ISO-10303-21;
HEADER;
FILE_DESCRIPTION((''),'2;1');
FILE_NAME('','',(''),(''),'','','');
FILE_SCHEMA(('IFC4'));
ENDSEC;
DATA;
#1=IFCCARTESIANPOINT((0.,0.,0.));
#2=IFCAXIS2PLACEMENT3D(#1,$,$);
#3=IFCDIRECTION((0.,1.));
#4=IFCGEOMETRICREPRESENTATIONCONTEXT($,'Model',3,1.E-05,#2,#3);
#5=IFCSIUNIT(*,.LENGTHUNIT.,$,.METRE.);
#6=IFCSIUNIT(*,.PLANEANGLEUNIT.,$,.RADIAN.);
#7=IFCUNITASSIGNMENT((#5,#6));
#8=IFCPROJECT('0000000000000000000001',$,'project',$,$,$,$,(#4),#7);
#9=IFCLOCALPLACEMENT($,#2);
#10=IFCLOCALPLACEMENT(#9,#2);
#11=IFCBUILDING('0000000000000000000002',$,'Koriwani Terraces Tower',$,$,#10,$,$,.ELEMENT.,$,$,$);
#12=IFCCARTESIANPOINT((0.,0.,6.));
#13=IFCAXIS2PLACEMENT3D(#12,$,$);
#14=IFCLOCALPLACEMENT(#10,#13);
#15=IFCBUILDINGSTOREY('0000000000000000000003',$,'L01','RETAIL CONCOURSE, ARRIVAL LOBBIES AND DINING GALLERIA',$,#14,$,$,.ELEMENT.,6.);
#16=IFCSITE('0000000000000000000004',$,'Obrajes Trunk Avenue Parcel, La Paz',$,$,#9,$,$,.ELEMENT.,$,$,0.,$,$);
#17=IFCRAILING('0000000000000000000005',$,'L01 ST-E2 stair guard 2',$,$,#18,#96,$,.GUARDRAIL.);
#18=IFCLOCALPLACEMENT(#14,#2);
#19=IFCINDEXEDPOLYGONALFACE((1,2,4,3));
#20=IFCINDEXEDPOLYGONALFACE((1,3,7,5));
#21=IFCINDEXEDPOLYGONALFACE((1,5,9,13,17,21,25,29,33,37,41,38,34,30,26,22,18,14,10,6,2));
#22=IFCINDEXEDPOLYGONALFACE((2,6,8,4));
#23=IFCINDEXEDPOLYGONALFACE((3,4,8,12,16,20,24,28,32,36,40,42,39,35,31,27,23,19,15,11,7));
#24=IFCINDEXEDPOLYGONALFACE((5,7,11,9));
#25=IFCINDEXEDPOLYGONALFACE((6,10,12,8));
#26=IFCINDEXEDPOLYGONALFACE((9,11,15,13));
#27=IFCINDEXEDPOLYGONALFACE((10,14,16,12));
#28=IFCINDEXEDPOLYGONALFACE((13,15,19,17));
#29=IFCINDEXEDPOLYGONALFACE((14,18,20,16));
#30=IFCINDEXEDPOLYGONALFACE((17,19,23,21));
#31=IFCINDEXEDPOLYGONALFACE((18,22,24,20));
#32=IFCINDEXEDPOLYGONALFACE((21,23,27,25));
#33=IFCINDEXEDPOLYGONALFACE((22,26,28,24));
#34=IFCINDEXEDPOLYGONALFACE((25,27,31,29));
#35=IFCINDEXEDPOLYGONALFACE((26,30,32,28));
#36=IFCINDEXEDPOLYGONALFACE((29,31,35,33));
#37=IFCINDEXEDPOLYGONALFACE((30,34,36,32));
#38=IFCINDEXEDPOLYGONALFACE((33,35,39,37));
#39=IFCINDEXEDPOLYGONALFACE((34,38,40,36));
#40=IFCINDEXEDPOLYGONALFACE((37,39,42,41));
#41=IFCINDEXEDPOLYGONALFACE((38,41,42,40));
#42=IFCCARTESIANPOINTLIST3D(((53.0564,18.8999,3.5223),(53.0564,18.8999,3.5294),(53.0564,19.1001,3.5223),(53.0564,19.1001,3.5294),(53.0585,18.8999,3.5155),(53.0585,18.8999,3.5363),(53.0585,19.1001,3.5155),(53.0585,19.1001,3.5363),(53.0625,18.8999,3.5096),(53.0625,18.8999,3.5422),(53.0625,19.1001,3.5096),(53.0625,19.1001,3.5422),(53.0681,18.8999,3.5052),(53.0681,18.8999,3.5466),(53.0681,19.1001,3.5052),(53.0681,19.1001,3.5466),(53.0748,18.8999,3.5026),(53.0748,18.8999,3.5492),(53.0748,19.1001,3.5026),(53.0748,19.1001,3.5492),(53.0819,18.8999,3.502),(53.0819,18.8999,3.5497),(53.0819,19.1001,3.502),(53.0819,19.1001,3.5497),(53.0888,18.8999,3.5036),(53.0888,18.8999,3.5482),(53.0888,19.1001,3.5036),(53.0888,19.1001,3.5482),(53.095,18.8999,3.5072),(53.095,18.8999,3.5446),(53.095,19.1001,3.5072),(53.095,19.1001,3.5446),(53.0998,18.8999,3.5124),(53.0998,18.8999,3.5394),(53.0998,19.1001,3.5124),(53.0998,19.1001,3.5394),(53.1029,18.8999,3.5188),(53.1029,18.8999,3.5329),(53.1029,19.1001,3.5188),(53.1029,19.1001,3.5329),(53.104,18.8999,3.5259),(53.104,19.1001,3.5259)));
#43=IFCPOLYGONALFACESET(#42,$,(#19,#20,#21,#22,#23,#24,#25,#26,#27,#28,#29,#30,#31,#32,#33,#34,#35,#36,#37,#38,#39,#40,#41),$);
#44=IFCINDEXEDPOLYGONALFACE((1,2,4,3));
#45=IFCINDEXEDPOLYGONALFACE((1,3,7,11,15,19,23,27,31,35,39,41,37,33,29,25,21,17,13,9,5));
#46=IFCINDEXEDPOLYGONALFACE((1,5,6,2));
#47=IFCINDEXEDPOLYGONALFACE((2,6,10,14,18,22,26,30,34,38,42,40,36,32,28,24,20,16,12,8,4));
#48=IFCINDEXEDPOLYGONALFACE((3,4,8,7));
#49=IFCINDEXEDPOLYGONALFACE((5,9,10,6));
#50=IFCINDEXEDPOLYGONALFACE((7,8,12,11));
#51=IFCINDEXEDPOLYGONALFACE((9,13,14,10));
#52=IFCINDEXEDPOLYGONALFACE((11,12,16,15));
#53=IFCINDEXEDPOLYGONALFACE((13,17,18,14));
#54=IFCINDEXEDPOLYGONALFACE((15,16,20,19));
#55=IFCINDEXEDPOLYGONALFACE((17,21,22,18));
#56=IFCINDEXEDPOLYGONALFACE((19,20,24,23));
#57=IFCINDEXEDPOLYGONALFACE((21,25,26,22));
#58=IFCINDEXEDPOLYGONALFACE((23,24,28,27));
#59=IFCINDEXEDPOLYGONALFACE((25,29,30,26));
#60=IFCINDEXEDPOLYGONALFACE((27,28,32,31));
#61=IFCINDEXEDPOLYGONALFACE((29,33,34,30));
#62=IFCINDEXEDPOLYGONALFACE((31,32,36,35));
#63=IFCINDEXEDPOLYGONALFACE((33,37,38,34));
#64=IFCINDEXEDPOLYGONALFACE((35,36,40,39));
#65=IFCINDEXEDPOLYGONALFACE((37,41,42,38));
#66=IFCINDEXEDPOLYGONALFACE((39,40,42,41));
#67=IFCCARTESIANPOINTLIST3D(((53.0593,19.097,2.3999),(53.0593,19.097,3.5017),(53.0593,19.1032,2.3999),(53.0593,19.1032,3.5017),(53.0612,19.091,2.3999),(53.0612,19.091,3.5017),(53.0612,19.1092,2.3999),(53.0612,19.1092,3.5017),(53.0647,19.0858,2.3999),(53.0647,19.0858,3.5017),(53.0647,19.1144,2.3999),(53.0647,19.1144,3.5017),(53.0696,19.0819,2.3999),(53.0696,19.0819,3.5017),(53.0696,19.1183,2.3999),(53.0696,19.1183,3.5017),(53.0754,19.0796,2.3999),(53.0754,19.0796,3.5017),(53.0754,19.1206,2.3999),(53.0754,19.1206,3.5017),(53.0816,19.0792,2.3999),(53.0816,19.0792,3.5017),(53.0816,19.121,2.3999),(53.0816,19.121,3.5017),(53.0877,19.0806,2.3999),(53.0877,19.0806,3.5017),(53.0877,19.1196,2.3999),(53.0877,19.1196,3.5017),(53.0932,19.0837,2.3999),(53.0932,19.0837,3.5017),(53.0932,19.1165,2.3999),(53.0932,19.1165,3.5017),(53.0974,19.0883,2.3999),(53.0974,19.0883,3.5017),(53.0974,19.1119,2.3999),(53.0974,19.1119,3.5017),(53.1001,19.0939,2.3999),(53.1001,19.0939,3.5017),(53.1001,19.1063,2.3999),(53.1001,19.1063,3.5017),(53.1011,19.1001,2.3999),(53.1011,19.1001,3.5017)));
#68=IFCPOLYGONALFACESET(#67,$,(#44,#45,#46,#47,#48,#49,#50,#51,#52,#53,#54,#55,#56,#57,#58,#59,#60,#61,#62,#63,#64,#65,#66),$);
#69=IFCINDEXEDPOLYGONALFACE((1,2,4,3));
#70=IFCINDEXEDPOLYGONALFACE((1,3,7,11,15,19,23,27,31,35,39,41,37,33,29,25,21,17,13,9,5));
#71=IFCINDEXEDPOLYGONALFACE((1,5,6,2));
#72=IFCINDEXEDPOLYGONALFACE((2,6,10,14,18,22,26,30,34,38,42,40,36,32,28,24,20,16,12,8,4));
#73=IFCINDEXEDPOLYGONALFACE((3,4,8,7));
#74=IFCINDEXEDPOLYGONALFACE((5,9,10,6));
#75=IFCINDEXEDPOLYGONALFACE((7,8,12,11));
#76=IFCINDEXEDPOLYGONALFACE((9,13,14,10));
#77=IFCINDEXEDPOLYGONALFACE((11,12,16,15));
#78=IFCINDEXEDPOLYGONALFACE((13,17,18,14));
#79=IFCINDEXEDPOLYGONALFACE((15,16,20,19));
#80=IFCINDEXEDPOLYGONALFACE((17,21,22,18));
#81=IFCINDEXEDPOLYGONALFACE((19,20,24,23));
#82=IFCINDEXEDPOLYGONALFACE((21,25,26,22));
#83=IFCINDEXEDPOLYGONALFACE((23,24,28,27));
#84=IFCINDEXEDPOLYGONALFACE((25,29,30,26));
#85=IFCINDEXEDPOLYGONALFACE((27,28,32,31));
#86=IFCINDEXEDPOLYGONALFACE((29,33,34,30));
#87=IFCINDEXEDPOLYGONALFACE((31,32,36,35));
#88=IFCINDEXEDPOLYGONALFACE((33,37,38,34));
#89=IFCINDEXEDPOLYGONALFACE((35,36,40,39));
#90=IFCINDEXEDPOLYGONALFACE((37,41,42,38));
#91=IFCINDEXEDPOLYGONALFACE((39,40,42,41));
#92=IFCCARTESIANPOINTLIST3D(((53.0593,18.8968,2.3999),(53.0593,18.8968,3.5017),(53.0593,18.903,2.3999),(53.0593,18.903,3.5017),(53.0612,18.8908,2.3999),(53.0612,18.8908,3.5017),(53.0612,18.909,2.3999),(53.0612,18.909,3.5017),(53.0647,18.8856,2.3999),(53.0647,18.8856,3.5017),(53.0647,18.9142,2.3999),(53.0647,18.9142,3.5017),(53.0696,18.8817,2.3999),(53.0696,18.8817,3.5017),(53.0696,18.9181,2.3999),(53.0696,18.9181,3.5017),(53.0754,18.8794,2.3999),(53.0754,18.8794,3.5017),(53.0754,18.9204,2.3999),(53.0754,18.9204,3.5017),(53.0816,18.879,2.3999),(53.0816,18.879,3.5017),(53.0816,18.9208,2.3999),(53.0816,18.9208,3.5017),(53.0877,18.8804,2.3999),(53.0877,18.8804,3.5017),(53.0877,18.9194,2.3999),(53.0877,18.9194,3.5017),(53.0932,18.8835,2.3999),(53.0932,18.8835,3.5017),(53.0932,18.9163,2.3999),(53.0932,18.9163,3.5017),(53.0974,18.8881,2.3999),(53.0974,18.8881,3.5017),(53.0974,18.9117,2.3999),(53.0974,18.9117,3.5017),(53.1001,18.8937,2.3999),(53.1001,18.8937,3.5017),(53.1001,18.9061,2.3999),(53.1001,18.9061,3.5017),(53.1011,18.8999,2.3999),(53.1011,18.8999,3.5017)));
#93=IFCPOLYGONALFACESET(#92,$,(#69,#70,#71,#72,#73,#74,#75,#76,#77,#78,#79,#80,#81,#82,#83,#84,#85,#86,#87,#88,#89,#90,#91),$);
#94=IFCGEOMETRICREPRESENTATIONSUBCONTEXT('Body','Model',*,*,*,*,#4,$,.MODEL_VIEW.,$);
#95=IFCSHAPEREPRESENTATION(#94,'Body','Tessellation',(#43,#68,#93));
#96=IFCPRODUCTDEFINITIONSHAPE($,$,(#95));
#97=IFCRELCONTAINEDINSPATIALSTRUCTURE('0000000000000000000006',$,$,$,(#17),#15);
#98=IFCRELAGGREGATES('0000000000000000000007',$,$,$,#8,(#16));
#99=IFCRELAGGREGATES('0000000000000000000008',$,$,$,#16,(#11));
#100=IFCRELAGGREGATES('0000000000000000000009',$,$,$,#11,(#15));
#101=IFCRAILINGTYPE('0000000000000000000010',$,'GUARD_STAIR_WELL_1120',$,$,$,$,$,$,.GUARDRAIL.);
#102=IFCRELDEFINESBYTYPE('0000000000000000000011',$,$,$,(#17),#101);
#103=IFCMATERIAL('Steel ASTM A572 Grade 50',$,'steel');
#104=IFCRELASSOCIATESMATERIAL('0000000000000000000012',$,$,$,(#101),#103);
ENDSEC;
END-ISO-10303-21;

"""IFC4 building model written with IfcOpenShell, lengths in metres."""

from ifc_helpers import new_model, si_unit, direction, frame, origin, origin_2d, place, context, subcontext, project, spatial, circle, extrude, material, type_object, element, save


model = new_model("IFC4")

# Units and contexts
model_context = context("Model", 3, precision=1e-05, world=origin(), true_north=direction((0.0, 1.0)))
body_context = subcontext(model_context, "Body", "Model", "MODEL_VIEW")
ifc_project = project(units=[si_unit("LENGTHUNIT", "METRE"), si_unit("PLANEANGLEUNIT", "RADIAN")], contexts=[model_context])

# Site, building, storey
site_placement = place(None, origin())
site = spatial("IfcSite", under=ifc_project, at=site_placement, Name="Obrajes Trunk Avenue Parcel, La Paz", CompositionType="ELEMENT", RefElevation=0.0)
building_placement = place(site_placement, origin())
building = spatial("IfcBuilding", under=site, at=building_placement, Name="Koriwani Terraces Tower", CompositionType="ELEMENT")
storey_placement = place(building_placement, frame((0.0, 0.0, 6.0)))
storey = spatial("IfcBuildingStorey", under=building, at=storey_placement, Name="L01", Description="RETAIL CONCOURSE, ARRIVAL LOBBIES AND DINING GALLERIA", CompositionType="ELEMENT", Elevation=6.0)

# Shared definitions
ifc_material_1 = material(Name="Steel ASTM A572 Grade 50", Category="steel")

# Railing
railing_type_1 = type_object("IfcRailingType", Name="GUARD_STAIR_WELL_1120", PredefinedType="GUARDRAIL", material=ifc_material_1)
railing_1_placement = place(storey_placement, frame((53.0801, 19.1001, 2.3999)))
element("IfcRailing", 1, at=railing_1_placement, inside=storey, type_object=railing_type_1, Name="L01 ST-E2 stair guard 2", PredefinedType="GUARDRAIL", context=body_context, shape_type="SweptSolid", body=[
    extrude(circle(Radius=0.0239, at=origin_2d()), frame((0.0, 0.0, 1.126), z_axis=(0.0, -1.0, 0.0), x_axis=(1.0, 0.0, 0.0)), (0.0, 0.0, 1.0), 0.2002),
    extrude(circle(Radius=0.021, at=origin_2d()), origin(), (0.0, 0.0, 1.0), 1.1018),
    extrude(circle(Radius=0.021, at=origin_2d()), frame((0.0, -0.2002, 0.0)), (0.0, 0.0, 1.0), 1.1018),
])

save(model, "model.ifc")
